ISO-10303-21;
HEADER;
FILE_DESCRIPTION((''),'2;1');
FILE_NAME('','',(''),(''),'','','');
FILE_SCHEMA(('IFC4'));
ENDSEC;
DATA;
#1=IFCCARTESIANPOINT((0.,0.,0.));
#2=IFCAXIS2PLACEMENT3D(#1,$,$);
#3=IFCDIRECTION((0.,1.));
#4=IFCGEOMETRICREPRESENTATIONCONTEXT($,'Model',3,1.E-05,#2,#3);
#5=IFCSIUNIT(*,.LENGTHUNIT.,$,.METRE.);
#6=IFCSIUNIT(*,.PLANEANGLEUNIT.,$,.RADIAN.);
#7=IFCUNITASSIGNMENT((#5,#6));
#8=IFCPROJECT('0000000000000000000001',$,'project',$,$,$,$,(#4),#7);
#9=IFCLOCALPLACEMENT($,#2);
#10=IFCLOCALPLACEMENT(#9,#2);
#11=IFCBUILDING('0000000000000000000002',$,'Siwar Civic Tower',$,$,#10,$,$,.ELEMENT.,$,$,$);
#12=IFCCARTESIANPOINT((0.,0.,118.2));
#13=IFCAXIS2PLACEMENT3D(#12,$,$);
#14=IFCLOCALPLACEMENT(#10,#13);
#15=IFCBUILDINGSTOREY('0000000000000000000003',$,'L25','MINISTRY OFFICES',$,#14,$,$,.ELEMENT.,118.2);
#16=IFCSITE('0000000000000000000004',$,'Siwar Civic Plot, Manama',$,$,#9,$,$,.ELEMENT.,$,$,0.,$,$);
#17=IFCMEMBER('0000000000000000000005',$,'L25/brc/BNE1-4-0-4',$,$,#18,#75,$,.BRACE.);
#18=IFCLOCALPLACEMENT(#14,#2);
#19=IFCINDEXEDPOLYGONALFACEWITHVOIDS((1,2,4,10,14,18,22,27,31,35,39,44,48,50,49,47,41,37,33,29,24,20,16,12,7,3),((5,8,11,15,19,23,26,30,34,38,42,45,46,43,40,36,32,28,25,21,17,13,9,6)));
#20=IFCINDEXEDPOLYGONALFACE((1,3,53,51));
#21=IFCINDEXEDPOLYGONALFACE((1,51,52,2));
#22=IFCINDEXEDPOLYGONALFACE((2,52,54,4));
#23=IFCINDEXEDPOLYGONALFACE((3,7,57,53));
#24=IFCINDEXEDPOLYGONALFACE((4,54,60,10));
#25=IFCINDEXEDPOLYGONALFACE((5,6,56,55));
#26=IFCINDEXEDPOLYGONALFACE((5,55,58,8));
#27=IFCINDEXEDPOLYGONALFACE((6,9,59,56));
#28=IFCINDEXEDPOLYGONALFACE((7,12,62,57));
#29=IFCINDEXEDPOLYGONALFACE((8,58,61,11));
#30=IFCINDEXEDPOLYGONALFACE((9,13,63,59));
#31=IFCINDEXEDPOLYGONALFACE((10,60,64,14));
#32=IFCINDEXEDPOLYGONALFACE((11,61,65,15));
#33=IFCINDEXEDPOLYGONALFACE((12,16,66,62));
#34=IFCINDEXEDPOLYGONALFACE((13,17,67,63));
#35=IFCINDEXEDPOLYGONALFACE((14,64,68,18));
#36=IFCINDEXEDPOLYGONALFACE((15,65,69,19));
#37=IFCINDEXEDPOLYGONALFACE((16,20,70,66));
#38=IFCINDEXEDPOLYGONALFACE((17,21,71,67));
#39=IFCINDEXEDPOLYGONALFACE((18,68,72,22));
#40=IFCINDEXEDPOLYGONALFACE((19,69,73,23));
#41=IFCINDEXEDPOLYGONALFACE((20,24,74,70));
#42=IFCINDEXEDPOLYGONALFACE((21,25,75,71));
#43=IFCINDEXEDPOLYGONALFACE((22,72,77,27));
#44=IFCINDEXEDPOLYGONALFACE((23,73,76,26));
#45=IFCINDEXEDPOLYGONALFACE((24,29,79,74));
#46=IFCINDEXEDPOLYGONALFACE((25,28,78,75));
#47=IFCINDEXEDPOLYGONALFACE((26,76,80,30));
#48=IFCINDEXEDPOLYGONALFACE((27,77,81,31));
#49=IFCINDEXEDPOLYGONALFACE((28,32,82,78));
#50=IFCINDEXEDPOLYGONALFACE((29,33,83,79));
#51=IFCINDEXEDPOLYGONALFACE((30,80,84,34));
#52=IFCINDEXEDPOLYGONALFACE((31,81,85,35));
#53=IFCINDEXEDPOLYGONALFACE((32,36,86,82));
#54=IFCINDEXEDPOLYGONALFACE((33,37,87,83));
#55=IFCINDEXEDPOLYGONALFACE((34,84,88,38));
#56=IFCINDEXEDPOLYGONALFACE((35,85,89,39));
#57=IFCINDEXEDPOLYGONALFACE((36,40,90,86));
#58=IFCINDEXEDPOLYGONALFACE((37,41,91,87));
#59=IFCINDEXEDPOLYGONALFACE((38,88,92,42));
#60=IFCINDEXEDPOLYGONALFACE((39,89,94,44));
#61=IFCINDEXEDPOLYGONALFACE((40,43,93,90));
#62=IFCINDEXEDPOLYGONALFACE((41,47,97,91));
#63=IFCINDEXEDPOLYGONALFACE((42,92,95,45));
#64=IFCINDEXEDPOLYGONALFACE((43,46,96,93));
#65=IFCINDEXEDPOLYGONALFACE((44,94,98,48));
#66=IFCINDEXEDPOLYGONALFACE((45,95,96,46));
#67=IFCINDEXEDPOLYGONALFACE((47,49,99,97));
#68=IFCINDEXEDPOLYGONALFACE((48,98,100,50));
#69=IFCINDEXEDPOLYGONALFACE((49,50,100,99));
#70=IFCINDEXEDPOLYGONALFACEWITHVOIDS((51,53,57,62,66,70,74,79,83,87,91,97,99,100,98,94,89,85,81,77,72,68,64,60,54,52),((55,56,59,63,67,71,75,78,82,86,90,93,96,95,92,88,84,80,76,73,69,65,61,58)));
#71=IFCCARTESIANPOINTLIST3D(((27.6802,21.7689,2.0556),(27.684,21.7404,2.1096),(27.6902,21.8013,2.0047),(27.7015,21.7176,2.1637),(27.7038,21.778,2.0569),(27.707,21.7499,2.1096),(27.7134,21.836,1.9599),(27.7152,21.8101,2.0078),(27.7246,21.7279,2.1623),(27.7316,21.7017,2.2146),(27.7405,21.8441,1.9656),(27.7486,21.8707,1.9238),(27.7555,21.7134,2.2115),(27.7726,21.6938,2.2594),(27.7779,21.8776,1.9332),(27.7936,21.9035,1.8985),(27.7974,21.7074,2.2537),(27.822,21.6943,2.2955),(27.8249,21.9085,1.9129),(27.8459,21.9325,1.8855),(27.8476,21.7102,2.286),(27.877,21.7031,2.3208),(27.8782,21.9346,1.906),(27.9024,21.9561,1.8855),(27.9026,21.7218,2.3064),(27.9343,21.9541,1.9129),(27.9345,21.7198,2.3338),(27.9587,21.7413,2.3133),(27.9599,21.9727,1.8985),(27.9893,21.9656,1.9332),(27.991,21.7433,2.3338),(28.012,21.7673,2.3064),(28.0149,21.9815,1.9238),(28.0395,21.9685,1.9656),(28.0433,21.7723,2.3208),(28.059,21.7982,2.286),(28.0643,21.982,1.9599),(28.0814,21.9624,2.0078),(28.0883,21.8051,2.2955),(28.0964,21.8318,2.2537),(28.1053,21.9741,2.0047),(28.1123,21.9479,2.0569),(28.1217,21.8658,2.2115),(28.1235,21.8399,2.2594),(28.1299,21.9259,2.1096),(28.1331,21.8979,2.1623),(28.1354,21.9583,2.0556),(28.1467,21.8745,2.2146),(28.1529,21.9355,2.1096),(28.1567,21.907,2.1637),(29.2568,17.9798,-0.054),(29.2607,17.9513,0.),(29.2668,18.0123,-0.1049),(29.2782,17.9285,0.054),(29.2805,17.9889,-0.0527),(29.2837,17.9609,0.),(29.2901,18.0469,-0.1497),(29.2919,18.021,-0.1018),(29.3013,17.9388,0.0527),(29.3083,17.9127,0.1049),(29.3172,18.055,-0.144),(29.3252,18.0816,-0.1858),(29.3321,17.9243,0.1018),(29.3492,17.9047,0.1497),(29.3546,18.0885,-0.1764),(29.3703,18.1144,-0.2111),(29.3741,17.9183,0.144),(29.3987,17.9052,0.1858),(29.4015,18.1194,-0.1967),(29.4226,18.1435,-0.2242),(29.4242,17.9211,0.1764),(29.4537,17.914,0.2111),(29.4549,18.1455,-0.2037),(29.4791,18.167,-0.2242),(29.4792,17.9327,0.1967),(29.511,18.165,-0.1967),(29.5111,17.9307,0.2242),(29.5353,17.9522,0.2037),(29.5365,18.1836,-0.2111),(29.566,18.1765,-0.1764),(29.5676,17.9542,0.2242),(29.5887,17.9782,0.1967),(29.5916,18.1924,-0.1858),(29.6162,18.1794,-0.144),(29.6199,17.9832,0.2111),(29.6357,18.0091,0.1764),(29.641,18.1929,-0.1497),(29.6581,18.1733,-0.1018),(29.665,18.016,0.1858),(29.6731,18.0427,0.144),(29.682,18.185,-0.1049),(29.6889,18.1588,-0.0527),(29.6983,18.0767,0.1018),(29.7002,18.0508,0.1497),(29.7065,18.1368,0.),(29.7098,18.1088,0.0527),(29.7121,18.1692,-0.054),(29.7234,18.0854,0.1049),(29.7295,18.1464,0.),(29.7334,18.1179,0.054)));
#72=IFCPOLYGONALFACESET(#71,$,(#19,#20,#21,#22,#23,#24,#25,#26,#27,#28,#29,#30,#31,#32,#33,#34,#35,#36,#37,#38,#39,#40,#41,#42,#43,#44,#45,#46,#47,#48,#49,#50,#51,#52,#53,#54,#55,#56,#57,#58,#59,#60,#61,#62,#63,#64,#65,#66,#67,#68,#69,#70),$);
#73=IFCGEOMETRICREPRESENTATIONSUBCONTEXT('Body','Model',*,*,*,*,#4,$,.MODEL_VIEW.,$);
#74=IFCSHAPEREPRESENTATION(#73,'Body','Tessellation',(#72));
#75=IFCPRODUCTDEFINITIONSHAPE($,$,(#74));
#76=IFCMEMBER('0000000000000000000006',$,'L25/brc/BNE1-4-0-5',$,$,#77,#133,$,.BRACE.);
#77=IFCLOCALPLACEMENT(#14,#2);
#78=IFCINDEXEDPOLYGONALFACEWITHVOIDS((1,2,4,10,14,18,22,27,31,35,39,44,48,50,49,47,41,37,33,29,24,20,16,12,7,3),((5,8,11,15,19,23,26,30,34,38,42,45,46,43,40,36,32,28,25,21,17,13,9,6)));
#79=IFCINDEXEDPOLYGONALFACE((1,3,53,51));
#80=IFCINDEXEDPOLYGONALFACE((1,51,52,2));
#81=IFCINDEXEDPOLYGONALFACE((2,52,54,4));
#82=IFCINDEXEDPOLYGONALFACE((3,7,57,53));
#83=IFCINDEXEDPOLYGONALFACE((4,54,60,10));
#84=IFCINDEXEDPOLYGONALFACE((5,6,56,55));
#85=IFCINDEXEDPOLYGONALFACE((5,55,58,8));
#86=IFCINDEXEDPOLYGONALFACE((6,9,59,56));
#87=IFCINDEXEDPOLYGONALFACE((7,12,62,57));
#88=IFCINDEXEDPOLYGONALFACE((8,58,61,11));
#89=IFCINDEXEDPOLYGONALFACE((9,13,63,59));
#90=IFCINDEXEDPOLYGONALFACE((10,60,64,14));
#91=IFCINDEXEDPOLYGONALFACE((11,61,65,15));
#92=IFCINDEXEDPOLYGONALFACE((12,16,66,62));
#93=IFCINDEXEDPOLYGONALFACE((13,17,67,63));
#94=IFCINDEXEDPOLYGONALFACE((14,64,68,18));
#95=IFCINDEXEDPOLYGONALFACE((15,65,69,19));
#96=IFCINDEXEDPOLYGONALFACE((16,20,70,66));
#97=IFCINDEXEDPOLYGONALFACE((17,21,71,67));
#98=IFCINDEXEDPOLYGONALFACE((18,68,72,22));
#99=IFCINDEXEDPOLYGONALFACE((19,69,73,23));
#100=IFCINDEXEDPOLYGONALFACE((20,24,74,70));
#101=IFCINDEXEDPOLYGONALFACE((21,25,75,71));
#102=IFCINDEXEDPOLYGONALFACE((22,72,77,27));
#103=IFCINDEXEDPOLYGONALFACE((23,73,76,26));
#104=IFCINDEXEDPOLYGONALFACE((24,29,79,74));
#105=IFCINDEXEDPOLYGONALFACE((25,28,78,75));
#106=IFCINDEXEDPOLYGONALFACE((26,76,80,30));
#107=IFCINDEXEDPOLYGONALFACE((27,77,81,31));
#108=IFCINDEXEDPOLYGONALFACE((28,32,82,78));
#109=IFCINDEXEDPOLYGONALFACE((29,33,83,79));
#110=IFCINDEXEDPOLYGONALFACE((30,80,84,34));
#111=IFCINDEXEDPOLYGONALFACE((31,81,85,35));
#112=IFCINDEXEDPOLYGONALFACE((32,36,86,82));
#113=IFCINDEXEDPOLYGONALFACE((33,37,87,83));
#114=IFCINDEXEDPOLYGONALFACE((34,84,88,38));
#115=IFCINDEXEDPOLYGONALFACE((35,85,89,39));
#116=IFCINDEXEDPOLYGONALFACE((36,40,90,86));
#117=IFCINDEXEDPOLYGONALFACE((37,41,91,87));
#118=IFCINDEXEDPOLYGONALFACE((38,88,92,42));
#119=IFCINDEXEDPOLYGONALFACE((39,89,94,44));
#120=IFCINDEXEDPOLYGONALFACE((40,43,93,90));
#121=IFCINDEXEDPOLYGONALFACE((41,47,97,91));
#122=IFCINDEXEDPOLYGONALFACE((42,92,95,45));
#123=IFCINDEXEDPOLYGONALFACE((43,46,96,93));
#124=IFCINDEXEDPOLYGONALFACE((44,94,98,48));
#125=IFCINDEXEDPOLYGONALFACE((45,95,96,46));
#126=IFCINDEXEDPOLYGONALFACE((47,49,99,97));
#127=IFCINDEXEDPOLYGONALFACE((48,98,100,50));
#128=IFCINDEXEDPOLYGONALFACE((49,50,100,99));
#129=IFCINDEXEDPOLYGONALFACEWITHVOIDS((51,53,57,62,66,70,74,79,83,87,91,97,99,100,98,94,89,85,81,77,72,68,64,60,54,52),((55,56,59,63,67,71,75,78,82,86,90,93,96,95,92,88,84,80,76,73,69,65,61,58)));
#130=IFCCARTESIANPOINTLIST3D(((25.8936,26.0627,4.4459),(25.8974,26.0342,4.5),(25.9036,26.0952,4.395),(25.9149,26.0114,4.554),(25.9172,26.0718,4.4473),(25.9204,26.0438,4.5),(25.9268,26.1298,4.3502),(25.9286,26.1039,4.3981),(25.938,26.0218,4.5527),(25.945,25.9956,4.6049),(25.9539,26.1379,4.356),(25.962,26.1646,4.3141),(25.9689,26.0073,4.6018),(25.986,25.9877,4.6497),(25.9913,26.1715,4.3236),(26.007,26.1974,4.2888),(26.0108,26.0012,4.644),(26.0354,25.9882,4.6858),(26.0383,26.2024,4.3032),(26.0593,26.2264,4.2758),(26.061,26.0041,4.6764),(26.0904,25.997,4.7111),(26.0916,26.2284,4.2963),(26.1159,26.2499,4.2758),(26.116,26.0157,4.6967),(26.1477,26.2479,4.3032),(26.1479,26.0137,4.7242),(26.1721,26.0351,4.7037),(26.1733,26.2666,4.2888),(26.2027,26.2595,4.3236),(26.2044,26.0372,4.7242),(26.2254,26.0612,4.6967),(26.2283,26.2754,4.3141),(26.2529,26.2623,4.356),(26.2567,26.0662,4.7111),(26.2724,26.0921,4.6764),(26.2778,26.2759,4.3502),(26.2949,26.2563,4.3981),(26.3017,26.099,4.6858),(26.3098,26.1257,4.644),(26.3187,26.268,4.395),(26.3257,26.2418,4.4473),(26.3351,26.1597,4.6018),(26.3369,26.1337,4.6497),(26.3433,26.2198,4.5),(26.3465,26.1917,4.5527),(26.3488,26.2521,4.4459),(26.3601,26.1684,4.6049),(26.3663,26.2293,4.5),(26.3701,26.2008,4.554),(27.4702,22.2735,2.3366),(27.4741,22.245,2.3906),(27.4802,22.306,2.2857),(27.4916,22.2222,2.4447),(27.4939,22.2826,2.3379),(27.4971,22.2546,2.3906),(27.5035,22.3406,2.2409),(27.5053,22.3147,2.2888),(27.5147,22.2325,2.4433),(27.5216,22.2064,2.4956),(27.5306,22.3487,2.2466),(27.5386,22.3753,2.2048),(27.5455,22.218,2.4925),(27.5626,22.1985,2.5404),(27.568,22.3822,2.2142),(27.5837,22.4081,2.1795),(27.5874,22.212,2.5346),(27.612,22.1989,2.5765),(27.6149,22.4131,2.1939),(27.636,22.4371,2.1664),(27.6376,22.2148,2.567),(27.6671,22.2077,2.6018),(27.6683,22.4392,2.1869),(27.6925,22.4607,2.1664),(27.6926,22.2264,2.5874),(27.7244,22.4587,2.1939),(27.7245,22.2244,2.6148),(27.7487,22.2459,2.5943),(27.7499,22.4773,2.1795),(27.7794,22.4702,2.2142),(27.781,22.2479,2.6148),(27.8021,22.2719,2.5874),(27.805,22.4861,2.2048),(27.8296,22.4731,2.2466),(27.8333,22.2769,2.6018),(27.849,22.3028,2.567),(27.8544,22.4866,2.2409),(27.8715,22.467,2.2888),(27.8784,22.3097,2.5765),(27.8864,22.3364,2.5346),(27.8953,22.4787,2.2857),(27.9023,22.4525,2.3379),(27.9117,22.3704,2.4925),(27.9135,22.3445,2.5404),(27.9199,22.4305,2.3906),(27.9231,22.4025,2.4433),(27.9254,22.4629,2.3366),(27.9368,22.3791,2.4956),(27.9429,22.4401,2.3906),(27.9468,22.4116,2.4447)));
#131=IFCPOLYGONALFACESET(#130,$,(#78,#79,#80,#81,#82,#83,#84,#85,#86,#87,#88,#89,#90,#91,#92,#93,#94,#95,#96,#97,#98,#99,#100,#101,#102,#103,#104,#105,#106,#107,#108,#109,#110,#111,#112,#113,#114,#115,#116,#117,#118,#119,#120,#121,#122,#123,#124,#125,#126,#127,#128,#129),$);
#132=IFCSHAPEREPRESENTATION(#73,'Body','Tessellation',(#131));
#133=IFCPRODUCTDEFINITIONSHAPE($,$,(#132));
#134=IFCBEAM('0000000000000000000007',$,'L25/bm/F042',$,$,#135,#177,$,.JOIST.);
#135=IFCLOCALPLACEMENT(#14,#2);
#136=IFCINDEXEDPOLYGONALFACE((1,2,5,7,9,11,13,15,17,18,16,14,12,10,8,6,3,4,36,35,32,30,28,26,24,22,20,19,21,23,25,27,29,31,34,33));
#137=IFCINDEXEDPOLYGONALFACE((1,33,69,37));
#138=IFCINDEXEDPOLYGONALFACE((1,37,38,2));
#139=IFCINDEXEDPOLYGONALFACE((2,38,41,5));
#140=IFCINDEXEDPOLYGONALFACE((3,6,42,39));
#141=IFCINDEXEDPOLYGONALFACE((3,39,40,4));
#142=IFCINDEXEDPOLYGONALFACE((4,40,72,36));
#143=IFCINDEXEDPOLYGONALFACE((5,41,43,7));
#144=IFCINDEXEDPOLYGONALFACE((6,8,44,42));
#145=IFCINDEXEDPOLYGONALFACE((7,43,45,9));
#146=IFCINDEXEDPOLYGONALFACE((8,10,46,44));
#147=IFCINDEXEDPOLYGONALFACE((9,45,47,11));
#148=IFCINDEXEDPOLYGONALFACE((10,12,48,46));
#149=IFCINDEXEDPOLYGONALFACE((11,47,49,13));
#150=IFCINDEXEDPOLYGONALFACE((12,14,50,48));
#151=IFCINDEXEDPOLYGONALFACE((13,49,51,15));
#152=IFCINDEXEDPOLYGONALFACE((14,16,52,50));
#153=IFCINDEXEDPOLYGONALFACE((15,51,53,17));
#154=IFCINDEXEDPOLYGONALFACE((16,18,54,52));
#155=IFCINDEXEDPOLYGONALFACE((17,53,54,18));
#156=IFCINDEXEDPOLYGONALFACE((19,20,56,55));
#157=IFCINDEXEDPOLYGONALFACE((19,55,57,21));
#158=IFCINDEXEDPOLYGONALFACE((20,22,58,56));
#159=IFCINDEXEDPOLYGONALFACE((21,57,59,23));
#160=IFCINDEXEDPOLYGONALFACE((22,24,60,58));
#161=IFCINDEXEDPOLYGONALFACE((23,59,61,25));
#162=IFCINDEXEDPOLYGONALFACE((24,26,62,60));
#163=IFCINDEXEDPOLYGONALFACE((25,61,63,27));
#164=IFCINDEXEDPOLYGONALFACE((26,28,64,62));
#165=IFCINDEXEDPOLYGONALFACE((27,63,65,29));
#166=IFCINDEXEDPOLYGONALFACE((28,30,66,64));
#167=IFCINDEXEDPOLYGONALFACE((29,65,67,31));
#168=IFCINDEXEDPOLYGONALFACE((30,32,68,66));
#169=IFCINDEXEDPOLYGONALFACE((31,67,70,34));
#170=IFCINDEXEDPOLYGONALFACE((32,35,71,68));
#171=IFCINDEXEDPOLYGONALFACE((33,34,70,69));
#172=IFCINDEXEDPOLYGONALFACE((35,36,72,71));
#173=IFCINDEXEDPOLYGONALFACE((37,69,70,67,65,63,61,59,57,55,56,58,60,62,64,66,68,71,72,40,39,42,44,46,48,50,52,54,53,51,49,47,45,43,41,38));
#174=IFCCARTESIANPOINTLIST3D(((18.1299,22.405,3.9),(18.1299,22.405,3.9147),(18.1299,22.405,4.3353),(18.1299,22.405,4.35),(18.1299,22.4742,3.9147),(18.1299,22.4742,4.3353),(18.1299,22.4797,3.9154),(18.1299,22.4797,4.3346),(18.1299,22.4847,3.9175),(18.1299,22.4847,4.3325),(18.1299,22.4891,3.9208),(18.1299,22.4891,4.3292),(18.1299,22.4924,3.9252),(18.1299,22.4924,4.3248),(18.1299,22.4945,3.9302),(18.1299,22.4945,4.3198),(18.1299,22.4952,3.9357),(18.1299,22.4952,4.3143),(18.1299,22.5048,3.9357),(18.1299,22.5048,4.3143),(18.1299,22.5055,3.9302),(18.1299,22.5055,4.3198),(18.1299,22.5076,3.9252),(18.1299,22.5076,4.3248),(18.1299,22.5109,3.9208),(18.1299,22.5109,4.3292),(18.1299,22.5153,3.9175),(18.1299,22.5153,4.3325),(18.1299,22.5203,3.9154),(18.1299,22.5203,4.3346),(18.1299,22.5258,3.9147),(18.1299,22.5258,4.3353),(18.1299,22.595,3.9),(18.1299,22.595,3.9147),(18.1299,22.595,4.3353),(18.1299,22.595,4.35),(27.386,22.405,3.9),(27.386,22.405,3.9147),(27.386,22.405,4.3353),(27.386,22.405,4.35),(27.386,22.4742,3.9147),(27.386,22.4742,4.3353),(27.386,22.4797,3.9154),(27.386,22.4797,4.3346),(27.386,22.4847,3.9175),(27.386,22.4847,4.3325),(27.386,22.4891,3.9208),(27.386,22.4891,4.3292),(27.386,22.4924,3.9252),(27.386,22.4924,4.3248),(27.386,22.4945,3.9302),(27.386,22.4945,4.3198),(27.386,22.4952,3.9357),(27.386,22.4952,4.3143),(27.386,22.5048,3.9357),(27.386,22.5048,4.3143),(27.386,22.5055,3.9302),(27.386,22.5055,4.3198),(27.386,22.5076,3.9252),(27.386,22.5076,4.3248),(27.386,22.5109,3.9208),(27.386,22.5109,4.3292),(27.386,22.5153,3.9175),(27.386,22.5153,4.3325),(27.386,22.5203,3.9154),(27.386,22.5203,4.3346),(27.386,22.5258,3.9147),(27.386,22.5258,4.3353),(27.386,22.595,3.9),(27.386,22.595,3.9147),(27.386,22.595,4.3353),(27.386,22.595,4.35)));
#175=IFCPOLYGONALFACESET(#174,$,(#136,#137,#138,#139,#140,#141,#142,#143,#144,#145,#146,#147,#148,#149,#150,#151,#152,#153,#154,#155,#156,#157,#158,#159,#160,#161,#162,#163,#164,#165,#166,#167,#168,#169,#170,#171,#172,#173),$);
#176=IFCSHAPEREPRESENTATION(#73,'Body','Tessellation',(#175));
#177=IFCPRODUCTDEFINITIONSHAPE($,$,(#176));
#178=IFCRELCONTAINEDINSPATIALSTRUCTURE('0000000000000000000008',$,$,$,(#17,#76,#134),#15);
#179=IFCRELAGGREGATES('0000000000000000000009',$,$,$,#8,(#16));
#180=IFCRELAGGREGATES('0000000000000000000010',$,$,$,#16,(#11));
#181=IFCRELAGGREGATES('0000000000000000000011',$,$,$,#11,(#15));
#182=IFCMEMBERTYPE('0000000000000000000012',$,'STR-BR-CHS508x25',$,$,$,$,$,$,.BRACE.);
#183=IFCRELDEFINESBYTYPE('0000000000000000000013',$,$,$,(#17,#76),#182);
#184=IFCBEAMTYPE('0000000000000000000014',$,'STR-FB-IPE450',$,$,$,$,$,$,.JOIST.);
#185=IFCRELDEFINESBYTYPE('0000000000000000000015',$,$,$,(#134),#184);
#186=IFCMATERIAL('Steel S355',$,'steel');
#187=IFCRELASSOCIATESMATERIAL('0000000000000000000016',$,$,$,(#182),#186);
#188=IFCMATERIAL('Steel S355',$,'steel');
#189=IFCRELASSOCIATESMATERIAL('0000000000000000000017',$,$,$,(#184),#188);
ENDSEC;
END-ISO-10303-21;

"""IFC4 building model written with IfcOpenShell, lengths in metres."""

from ifc_helpers import new_model, si_unit, direction, frame, origin, origin_2d, place, context, subcontext, project, spatial, hollow_circle, i_section, extrude, material, material_profile, profile_set, type_object, element, save


model = new_model("IFC4")

# Units and contexts
model_context = context("Model", 3, precision=1e-05, world=origin(), true_north=direction((0.0, 1.0)))
body_context = subcontext(model_context, "Body", "Model", "MODEL_VIEW")
ifc_project = project(units=[si_unit("LENGTHUNIT", "METRE"), si_unit("PLANEANGLEUNIT", "RADIAN")], contexts=[model_context])

# Site, building, storey
site_placement = place(None, origin())
site = spatial("IfcSite", under=ifc_project, at=site_placement, Name="Siwar Civic Plot, Manama", CompositionType="ELEMENT", RefElevation=0.0)
building_placement = place(site_placement, origin())
building = spatial("IfcBuilding", under=site, at=building_placement, Name="Siwar Civic Tower", CompositionType="ELEMENT")
storey_placement = place(building_placement, frame((0.0, 0.0, 118.2)))
storey = spatial("IfcBuildingStorey", under=building, at=storey_placement, Name="L25", Description="MINISTRY OFFICES", CompositionType="ELEMENT", Elevation=118.2)

# Members
ifc_material_1 = material(Name="Steel S355", Category="steel")
ifc_material_profile_1 = material_profile(ifc_material_1, hollow_circle(Radius=0.2539, WallThickness=0.0249, at=origin_2d()), Name="CHS508x25")
ifc_profile_set_1 = profile_set([ifc_material_profile_1], Name="Steel S355")
member_type_1 = type_object("IfcMemberType", Name="STR-BR-CHS508x25", PredefinedType="BRACE", material=ifc_profile_set_1)
for number, where, z_axis, x_axis, name in (
    (1, (29.4951, 18.0488, 0.0), (-0.341677, 0.821126, 0.457175), (-0.92326, -0.384176, 0.0), "L25/brc/BNE1-4-0-4"),
    (2, (27.7085, 22.3425, 2.3906), (-0.341671, 0.821163, 0.457113), (-0.923269, -0.384155, 0.0), "L25/brc/BNE1-4-0-5"),
):
    element("IfcMember", number, at=place(storey_placement, frame(where, z_axis=z_axis, x_axis=x_axis)), inside=storey, type_object=member_type_1, Name=name, PredefinedType="BRACE", context=body_context, shape_type="SweptSolid", body=[
        extrude(hollow_circle(Radius=0.2539, WallThickness=0.0249, at=origin_2d()), origin(), (0.0, 0.0, 1.0), 4.6145),
    ])

# Beam
ifc_material_2 = material(Name="Steel S355", Category="steel")
ifc_material_profile_2 = material_profile(ifc_material_2, i_section(OverallWidth=0.1899, OverallDepth=0.45, WebThickness=0.0095, FlangeThickness=0.0146, FilletRadius=0.021, at=origin_2d()), Name="IPE450")
ifc_profile_set_2 = profile_set([ifc_material_profile_2], Name="Steel S355")
beam_type_1 = type_object("IfcBeamType", Name="STR-FB-IPE450", PredefinedType="JOIST", material=ifc_profile_set_2)
beam_1_placement = place(storey_placement, frame((18.1299, 22.5, 4.125), z_axis=(1.0, 0.0, 0.0), x_axis=(0.0, 1.0, 0.0)))
element("IfcBeam", 3, at=beam_1_placement, inside=storey, type_object=beam_type_1, Name="L25/bm/F042", PredefinedType="JOIST", context=body_context, shape_type="SweptSolid", body=[
    extrude(i_section(OverallWidth=0.1899, OverallDepth=0.45, WebThickness=0.0095, FlangeThickness=0.0146, FilletRadius=0.021, at=origin_2d()), origin(), (0.0, 0.0, 1.0), 9.2561),
])

save(model, "model.ifc")
